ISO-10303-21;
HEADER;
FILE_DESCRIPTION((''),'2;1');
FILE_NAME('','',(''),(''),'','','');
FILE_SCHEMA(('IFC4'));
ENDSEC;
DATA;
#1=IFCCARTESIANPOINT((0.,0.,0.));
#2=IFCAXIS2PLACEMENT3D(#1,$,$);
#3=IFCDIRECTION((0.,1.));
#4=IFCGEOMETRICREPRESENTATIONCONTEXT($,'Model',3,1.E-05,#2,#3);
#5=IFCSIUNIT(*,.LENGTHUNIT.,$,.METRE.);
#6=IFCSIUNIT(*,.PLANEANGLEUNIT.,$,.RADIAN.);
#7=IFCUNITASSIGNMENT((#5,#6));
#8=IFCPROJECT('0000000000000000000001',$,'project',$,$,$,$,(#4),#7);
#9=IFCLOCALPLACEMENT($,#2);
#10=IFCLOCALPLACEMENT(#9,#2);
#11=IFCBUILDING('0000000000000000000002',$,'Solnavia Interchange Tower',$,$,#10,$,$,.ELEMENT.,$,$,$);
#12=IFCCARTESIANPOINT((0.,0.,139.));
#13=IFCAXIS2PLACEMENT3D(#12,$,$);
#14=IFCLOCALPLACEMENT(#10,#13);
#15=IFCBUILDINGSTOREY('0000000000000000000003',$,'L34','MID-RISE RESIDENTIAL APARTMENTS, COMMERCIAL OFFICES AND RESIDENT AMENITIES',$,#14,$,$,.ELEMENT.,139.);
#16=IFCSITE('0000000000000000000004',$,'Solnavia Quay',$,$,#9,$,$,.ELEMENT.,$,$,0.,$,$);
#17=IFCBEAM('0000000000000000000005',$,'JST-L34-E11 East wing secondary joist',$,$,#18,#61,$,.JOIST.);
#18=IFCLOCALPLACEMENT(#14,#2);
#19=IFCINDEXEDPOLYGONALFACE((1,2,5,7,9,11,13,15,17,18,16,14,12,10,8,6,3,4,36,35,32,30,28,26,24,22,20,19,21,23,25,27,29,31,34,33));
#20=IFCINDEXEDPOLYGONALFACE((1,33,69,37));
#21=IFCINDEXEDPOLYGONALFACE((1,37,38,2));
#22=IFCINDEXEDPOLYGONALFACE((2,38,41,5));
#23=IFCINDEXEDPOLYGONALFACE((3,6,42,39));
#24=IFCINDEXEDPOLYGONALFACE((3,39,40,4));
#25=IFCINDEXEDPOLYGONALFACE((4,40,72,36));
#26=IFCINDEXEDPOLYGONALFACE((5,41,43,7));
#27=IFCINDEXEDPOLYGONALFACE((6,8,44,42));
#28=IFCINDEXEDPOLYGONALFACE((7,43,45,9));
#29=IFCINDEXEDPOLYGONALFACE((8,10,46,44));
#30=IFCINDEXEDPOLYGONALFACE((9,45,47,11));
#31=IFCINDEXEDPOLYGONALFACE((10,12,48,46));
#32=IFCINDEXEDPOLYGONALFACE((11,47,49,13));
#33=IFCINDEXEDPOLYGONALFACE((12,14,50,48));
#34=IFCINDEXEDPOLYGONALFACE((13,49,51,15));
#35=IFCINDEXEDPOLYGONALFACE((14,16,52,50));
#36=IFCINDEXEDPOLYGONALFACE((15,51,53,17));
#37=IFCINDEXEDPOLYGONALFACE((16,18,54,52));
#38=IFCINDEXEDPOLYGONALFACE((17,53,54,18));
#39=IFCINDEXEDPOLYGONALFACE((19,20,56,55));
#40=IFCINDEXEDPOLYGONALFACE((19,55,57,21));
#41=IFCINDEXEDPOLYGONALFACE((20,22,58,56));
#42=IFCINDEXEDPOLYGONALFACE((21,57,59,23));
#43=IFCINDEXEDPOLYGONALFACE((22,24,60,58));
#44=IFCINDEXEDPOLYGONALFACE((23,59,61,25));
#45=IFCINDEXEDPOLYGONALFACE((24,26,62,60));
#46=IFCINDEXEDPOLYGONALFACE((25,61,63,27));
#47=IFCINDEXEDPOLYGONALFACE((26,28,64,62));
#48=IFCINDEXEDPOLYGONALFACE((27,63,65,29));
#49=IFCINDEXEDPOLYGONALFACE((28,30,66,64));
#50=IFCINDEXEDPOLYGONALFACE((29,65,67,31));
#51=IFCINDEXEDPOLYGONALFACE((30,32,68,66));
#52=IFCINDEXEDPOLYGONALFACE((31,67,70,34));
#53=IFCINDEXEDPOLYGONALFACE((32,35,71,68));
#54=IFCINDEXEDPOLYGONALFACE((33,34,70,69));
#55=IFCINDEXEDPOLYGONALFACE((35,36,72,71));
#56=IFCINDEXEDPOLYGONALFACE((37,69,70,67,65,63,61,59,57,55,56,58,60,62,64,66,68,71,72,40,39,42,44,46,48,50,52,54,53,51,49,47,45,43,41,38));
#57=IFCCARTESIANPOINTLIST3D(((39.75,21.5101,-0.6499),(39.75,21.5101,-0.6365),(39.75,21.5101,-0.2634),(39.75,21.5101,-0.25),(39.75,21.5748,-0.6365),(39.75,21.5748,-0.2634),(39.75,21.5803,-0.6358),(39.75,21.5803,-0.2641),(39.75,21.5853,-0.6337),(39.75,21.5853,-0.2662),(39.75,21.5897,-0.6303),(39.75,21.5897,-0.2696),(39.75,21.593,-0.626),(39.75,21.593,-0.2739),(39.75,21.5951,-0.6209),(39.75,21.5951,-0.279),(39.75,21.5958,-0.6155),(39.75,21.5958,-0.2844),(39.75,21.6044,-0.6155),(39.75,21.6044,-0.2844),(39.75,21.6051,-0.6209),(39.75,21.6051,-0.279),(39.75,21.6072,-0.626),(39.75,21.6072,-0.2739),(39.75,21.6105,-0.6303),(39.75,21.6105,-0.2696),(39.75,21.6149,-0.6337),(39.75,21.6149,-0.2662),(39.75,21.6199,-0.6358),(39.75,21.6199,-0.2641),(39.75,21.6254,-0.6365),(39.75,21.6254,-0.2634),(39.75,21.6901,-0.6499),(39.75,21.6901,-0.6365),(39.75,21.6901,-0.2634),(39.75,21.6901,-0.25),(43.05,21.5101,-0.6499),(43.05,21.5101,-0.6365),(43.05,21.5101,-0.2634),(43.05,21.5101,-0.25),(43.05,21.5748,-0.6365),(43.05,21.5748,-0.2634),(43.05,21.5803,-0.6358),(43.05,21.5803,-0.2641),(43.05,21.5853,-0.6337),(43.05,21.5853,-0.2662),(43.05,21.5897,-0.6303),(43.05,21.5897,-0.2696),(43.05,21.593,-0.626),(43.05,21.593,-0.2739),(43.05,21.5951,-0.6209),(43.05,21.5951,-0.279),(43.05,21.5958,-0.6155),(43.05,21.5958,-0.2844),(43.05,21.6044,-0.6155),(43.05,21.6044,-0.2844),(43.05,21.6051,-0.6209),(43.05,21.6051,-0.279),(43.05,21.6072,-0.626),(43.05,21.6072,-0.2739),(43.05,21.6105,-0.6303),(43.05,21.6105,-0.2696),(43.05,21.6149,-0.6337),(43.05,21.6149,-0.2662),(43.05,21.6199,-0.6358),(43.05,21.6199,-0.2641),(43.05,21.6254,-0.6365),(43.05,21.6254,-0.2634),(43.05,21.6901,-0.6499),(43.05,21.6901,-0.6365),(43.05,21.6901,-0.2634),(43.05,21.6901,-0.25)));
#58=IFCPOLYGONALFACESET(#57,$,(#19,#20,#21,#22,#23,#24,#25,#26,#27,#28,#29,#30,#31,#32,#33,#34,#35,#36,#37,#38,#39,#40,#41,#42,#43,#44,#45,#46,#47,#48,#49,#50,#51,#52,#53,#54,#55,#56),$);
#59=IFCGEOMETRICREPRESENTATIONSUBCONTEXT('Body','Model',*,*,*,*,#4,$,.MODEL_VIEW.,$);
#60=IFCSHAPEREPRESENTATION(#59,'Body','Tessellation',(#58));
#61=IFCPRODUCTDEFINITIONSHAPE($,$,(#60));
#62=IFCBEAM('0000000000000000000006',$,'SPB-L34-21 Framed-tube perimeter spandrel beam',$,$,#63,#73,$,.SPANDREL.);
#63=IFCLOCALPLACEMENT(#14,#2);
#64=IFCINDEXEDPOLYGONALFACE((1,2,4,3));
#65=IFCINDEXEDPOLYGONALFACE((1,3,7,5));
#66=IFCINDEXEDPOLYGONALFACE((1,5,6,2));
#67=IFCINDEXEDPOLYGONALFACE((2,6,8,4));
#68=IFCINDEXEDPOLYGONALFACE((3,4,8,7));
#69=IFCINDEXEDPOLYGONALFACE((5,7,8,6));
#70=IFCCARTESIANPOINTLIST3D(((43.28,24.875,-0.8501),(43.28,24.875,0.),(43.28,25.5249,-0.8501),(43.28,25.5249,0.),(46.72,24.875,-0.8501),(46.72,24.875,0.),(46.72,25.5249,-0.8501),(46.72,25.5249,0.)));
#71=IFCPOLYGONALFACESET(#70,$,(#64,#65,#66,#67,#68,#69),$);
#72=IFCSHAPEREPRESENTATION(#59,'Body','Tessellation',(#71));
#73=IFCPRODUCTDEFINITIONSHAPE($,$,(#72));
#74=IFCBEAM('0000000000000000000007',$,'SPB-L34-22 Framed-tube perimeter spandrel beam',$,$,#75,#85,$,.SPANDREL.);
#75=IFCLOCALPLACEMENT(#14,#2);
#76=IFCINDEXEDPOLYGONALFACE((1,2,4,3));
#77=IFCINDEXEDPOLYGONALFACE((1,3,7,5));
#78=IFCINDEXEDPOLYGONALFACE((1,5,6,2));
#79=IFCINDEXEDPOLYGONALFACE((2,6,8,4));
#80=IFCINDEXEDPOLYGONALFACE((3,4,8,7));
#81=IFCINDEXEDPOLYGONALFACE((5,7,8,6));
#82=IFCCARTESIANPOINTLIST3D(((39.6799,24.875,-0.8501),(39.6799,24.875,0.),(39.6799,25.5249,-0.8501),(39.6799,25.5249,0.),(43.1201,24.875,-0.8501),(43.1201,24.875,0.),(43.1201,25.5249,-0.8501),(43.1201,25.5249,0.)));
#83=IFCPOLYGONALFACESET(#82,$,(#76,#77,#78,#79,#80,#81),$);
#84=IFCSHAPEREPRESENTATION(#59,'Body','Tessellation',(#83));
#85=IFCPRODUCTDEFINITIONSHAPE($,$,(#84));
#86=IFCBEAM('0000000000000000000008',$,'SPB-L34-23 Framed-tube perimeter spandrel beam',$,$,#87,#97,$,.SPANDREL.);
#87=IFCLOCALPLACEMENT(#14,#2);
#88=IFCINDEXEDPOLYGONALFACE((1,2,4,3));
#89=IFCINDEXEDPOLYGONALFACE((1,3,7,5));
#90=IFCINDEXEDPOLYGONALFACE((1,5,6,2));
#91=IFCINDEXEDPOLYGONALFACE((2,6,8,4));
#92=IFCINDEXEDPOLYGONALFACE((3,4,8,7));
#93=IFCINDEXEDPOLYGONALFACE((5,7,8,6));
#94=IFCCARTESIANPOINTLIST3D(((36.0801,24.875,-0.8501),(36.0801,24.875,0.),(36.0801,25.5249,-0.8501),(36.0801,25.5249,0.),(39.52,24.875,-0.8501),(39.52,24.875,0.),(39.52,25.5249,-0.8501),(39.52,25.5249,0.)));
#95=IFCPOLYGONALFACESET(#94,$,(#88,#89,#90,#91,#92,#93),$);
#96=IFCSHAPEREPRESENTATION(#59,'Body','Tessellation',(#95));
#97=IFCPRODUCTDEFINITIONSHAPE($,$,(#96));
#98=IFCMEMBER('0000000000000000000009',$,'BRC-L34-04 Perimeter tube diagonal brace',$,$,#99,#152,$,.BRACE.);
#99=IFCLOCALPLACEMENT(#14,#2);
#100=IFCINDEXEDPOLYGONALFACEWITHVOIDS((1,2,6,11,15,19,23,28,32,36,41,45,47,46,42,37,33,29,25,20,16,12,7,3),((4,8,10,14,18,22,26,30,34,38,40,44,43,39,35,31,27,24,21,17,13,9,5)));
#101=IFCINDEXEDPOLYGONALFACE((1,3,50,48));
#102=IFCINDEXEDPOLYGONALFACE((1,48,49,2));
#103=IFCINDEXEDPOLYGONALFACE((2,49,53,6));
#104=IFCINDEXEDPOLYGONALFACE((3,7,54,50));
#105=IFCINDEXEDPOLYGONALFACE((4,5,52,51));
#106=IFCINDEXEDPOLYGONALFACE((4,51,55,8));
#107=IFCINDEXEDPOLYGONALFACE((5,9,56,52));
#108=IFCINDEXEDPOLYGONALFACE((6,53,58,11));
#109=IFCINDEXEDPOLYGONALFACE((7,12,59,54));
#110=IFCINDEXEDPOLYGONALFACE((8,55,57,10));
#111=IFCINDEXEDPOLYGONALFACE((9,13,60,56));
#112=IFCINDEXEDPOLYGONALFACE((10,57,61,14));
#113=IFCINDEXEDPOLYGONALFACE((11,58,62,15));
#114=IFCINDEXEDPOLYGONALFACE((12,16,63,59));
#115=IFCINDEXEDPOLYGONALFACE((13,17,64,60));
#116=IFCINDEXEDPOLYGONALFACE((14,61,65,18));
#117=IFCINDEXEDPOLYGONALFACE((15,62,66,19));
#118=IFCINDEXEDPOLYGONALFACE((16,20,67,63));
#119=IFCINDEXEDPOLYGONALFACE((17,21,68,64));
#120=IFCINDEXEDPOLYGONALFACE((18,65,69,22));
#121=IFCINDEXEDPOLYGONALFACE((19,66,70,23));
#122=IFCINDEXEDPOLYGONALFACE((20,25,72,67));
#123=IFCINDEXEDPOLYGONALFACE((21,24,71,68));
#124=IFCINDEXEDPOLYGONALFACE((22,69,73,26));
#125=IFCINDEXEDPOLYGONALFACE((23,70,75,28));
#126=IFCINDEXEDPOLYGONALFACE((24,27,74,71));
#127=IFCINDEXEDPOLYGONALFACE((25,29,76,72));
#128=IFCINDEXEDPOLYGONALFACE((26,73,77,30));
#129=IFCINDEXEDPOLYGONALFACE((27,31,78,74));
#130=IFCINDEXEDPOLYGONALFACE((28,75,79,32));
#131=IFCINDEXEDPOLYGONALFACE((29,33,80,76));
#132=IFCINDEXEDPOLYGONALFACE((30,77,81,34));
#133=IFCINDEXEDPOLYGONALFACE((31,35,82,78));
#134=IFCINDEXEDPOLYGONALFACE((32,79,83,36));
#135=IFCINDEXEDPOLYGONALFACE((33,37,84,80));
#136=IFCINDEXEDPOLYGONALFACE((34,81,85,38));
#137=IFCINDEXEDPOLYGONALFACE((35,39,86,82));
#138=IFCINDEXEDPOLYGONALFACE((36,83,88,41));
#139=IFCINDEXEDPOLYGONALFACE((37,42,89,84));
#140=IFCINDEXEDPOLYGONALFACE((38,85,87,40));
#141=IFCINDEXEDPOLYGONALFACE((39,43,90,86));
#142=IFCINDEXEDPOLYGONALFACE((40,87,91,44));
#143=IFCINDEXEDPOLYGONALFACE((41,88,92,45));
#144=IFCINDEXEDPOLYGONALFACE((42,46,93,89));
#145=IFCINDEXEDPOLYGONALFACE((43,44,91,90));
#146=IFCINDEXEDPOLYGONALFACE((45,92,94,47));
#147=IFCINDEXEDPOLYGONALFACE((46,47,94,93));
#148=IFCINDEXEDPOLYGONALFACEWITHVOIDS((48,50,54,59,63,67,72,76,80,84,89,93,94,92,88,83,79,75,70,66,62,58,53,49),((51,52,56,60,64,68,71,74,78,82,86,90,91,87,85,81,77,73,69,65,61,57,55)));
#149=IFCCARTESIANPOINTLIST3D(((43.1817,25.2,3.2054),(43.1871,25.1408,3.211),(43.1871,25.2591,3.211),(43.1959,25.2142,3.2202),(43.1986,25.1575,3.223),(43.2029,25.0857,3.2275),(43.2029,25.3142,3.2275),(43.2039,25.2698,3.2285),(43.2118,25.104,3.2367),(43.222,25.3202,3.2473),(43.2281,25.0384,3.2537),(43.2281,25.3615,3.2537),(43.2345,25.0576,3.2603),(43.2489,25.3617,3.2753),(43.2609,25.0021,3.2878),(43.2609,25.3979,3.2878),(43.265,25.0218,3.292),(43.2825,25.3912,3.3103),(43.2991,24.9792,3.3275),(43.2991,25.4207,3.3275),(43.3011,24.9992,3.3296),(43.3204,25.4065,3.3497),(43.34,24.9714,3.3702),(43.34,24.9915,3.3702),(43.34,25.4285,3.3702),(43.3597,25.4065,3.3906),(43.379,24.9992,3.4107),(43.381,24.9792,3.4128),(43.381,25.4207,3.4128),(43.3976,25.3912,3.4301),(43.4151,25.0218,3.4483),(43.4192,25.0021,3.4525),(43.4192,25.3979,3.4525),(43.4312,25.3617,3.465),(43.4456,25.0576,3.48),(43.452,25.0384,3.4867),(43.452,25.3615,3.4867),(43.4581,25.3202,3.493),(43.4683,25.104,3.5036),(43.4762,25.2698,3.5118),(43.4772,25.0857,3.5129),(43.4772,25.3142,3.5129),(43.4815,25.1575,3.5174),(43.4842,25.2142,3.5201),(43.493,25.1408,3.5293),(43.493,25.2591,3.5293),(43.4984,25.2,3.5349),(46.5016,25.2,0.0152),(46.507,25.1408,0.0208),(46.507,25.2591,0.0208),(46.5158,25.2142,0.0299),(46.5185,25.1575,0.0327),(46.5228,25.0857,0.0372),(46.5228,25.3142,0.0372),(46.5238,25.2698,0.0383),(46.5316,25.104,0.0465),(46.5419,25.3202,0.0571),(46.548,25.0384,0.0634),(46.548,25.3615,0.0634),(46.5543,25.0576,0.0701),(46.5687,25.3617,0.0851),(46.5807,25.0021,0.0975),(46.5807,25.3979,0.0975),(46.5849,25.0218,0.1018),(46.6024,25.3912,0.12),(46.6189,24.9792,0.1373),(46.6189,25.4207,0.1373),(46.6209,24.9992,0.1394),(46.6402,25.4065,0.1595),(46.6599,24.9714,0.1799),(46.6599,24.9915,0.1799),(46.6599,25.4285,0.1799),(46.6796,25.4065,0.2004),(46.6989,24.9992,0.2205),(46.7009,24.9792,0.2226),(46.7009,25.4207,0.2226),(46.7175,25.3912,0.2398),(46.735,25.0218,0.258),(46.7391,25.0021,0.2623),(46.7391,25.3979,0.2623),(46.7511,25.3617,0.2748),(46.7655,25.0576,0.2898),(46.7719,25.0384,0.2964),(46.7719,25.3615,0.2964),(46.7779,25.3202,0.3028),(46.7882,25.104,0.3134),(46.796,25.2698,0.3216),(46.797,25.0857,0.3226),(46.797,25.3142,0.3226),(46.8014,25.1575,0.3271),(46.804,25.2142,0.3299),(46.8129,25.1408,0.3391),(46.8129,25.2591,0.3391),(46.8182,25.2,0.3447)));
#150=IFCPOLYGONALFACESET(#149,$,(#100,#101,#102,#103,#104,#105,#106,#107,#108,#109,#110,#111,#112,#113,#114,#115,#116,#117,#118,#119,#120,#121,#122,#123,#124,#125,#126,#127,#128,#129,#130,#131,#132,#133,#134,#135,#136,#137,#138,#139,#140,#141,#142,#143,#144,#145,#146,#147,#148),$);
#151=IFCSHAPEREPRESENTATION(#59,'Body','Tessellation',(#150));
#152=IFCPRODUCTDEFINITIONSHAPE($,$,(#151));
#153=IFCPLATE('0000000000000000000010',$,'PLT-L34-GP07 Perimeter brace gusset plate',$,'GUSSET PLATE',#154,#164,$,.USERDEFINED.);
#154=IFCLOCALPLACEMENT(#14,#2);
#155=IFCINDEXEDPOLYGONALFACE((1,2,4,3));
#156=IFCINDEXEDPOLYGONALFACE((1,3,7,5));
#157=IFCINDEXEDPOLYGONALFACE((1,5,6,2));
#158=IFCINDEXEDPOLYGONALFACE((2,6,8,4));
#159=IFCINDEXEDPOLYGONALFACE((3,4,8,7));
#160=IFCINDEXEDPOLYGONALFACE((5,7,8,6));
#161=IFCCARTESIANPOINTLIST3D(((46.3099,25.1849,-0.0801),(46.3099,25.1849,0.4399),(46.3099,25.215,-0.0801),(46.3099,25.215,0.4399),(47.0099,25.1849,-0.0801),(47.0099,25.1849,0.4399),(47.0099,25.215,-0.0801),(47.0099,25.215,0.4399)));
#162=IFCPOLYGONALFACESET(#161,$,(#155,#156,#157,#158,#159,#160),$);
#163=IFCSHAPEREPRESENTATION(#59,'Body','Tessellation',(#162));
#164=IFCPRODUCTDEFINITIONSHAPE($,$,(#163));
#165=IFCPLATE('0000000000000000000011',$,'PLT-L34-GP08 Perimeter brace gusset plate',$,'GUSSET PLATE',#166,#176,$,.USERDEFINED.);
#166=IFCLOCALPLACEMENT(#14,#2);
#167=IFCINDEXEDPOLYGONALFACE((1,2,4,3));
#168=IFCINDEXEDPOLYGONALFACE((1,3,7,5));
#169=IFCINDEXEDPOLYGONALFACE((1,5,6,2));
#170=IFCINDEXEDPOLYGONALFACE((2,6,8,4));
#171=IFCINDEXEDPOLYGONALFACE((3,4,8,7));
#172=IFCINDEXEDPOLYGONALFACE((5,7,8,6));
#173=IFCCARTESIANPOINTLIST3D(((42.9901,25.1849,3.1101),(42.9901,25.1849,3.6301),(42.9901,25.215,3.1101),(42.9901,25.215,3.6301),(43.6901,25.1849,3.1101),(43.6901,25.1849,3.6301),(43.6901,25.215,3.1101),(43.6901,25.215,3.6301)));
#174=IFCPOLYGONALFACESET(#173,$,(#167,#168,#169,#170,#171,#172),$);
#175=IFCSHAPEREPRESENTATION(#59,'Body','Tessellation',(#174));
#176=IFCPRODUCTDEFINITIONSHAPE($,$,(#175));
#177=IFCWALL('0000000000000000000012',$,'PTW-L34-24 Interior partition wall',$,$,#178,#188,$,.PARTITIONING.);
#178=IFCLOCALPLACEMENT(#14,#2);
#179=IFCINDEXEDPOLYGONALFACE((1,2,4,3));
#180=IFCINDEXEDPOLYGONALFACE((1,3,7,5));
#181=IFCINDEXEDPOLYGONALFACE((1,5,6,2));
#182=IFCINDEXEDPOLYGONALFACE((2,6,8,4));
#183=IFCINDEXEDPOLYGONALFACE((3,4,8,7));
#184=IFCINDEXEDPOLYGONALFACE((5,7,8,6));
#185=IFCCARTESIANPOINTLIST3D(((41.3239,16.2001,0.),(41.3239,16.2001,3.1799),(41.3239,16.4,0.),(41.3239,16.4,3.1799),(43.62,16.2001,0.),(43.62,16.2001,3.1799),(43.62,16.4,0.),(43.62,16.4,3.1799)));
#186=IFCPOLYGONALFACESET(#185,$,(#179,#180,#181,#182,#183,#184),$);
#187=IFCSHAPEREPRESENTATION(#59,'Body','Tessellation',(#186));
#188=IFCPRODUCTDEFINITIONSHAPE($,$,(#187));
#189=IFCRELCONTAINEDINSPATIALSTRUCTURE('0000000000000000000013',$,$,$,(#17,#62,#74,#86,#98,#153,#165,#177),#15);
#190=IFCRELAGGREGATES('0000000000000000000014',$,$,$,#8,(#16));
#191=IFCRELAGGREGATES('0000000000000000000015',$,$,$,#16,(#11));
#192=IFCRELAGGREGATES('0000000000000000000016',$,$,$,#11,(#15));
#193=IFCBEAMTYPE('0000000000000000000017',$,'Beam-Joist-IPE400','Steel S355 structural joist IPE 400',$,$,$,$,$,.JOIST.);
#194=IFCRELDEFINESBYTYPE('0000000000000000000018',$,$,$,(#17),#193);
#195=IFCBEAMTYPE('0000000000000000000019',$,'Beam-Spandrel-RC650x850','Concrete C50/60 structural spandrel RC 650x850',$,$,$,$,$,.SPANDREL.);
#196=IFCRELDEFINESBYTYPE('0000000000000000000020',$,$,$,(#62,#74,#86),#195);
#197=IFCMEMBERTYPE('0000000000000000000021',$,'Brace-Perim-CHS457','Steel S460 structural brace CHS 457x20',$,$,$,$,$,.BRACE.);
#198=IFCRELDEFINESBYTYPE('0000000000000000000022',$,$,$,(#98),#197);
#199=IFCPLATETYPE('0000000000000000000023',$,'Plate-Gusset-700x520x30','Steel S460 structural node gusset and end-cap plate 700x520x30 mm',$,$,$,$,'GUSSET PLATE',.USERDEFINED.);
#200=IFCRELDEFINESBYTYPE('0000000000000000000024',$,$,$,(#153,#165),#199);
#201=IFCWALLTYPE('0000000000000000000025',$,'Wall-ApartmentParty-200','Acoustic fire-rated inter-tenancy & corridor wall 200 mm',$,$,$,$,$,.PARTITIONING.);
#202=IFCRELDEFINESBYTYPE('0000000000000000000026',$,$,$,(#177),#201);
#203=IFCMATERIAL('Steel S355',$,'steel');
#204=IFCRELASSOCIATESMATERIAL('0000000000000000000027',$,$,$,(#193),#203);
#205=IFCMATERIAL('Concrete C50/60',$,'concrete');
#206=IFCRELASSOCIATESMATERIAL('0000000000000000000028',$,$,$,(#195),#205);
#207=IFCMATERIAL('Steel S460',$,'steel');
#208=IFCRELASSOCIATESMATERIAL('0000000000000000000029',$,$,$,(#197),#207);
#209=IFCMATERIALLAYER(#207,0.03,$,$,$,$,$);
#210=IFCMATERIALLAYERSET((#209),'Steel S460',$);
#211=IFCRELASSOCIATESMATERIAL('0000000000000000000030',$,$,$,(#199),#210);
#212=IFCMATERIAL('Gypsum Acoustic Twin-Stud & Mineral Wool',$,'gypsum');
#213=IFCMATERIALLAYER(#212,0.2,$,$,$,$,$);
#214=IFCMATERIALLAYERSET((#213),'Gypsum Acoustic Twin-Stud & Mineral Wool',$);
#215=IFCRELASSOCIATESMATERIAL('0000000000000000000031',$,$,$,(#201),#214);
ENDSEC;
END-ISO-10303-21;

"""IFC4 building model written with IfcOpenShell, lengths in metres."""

from ifc_helpers import new_model, si_unit, direction, frame, frame_2d, origin, origin_2d, place, context, subcontext, project, spatial, rectangle, hollow_circle, i_section, extrude, material, layer, layer_set, material_profile, profile_set, type_object, element, save


model = new_model("IFC4")

# Units and contexts
model_context = context("Model", 3, precision=1e-05, world=origin(), true_north=direction((0.0, 1.0)))
body_context = subcontext(model_context, "Body", "Model", "MODEL_VIEW")
ifc_project = project(units=[si_unit("LENGTHUNIT", "METRE"), si_unit("PLANEANGLEUNIT", "RADIAN")], contexts=[model_context])

# Site, building, storey
site_placement = place(None, origin())
site = spatial("IfcSite", under=ifc_project, at=site_placement, Name="Solnavia Quay", CompositionType="ELEMENT", RefElevation=0.0)
building_placement = place(site_placement, origin())
building = spatial("IfcBuilding", under=site, at=building_placement, Name="Solnavia Interchange Tower", CompositionType="ELEMENT")
storey_placement = place(building_placement, frame((0.0, 0.0, 139.0)))
storey = spatial("IfcBuildingStorey", under=building, at=storey_placement, Name="L34", Description="MID-RISE RESIDENTIAL APARTMENTS, COMMERCIAL OFFICES AND RESIDENT AMENITIES", CompositionType="ELEMENT", Elevation=139.0)

# Shared definitions
ifc_material_1 = material(Name="Concrete C50/60", Category="concrete")

# Beams
ifc_material_2 = material(Name="Steel S355", Category="steel")
ifc_material_profile_1 = material_profile(ifc_material_2, i_section(OverallWidth=0.1799, OverallDepth=0.3999, WebThickness=0.0085, FlangeThickness=0.0134, FilletRadius=0.021, at=origin_2d()), Name="IPE 400")
ifc_profile_set_1 = profile_set([ifc_material_profile_1], Name="Steel S355")
beam_type_1 = type_object("IfcBeamType", Name="Beam-Joist-IPE400", Description="Steel S355 structural joist IPE 400", PredefinedType="JOIST", material=ifc_profile_set_1)
for number, where, z_axis, x_axis, name in (
    (1, (39.75, 21.6001, -0.45), (1.0, 0.0, 0.0), (0.0, 1.0, 0.0), "JST-L34-E11 East wing secondary joist"),
):
    element("IfcBeam", number, at=place(storey_placement, frame(where, z_axis=z_axis, x_axis=x_axis)), inside=storey, type_object=beam_type_1, Name=name, PredefinedType="JOIST", context=body_context, shape_type="SweptSolid", body=[
        extrude(i_section(OverallWidth=0.1799, OverallDepth=0.3999, WebThickness=0.0085, FlangeThickness=0.0134, FilletRadius=0.021, at=origin_2d()), origin(), (0.0, 0.0, 1.0), 3.3),
    ])
ifc_material_profile_2 = material_profile(ifc_material_1, rectangle(XDim=0.6499, YDim=0.8501, at=origin_2d()), Name="RC 650x850")
ifc_profile_set_2 = profile_set([ifc_material_profile_2], Name="Concrete C50/60")
beam_type_2 = type_object("IfcBeamType", Name="Beam-Spandrel-RC650x850", Description="Concrete C50/60 structural spandrel RC 650x850", PredefinedType="SPANDREL", material=ifc_profile_set_2)
beam_1_placement = place(storey_placement, frame((46.72, 25.2, -0.425), z_axis=(-1.0, 0.0, 0.0), x_axis=(0.0, -1.0, 0.0)))
element("IfcBeam", 2, at=beam_1_placement, inside=storey, type_object=beam_type_2, Name="SPB-L34-21 Framed-tube perimeter spandrel beam", PredefinedType="SPANDREL", context=body_context, shape_type="SweptSolid", body=[
    extrude(rectangle(XDim=0.6499, YDim=0.8501, at=origin_2d()), origin(), (0.0, 0.0, 1.0), 3.4399),
])
beam_2_placement = place(storey_placement, frame((43.1201, 25.2, -0.425), z_axis=(-1.0, 0.0, 0.0), x_axis=(0.0, -1.0, 0.0)))
element("IfcBeam", 3, at=beam_2_placement, inside=storey, type_object=beam_type_2, Name="SPB-L34-22 Framed-tube perimeter spandrel beam", PredefinedType="SPANDREL", context=body_context, shape_type="SweptSolid", body=[
    extrude(rectangle(XDim=0.6499, YDim=0.8501, at=origin_2d()), origin(), (0.0, 0.0, 1.0), 3.4402),
])
beam_3_placement = place(storey_placement, frame((39.52, 25.2, -0.425), z_axis=(-1.0, 0.0, 0.0), x_axis=(0.0, -1.0, 0.0)))
element("IfcBeam", 4, at=beam_3_placement, inside=storey, type_object=beam_type_2, Name="SPB-L34-23 Framed-tube perimeter spandrel beam", PredefinedType="SPANDREL", context=body_context, shape_type="SweptSolid", body=[
    extrude(rectangle(XDim=0.6499, YDim=0.8501, at=origin_2d()), origin(), (0.0, 0.0, 1.0), 3.4399),
])

# Member
ifc_material_3 = material(Name="Steel S460", Category="steel")
ifc_material_profile_3 = material_profile(ifc_material_3, hollow_circle(Radius=0.2285, WallThickness=0.02, at=origin_2d()), Name="CHS 457x20")
ifc_profile_set_3 = profile_set([ifc_material_profile_3], Name="Steel S460")
member_type = type_object("IfcMemberType", Name="Brace-Perim-CHS457", Description="Steel S460 structural brace CHS 457x20", PredefinedType="BRACE", material=ifc_profile_set_3)
member_placement = place(storey_placement, frame((46.6599, 25.2, 0.1799), z_axis=(-0.721045, 0.0, 0.692888), x_axis=(0.0, -1.0, 0.0)))
element("IfcMember", 5, at=member_placement, inside=storey, type_object=member_type, Name="BRC-L34-04 Perimeter tube diagonal brace", PredefinedType="BRACE", context=body_context, shape_type="SweptSolid", body=[
    extrude(hollow_circle(Radius=0.2285, WallThickness=0.02, at=origin_2d()), origin(), (0.0, 0.0, 1.0), 4.6042),
])

# Plates
ifc_layer_1 = layer(ifc_material_3, 0.03)
ifc_layer_set_1 = layer_set([ifc_layer_1], Name="Steel S460")
plate_type = type_object("IfcPlateType", Name="Plate-Gusset-700x520x30", Description="Steel S460 structural node gusset and end-cap plate 700x520x30 mm", ElementType="GUSSET PLATE", PredefinedType="USERDEFINED", material=ifc_layer_set_1)
for number, where, z_axis, x_axis, name in (
    (6, (46.6599, 25.2, -0.0801), (0.0, 0.0, 1.0), (-1.0, 0.0, 0.0), "PLT-L34-GP07 Perimeter brace gusset plate"),
    (7, (43.3401, 25.2, 3.1101), (0.0, 0.0, 1.0), (-1.0, 0.0, 0.0), "PLT-L34-GP08 Perimeter brace gusset plate"),
):
    element("IfcPlate", number, at=place(storey_placement, frame(where, z_axis=z_axis, x_axis=x_axis)), inside=storey, type_object=plate_type, Name=name, ObjectType="GUSSET PLATE", PredefinedType="USERDEFINED", context=body_context, shape_type="SweptSolid", body=[
        extrude(rectangle(XDim=0.7, YDim=0.03, at=origin_2d()), origin(), (0.0, 0.0, 1.0), 0.52),
    ])

# Wall
ifc_material_4 = material(Name="Gypsum Acoustic Twin-Stud & Mineral Wool", Category="gypsum")
ifc_layer_2 = layer(ifc_material_4, 0.2)
ifc_layer_set_2 = layer_set([ifc_layer_2], Name="Gypsum Acoustic Twin-Stud & Mineral Wool")
wall_type_1 = type_object("IfcWallType", Name="Wall-ApartmentParty-200", Description="Acoustic fire-rated inter-tenancy & corridor wall 200 mm", PredefinedType="PARTITIONING", material=ifc_layer_set_2)
wall_1_placement = place(storey_placement, frame((41.324, 16.3, 0.0), z_axis=(0.0, 0.0, 1.0), x_axis=(1.0, 0.0, 0.0)))
element("IfcWall", 8, at=wall_1_placement, inside=storey, type_object=wall_type_1, Name="PTW-L34-24 Interior partition wall", PredefinedType="PARTITIONING", context=body_context, shape_type="SweptSolid", body=[
    extrude(rectangle(XDim=2.2961, YDim=0.2, at=frame_2d((1.1479, 0.0))), origin(), (0.0, 0.0, 1.0), 3.1799),
])

save(model, "model.ifc")
